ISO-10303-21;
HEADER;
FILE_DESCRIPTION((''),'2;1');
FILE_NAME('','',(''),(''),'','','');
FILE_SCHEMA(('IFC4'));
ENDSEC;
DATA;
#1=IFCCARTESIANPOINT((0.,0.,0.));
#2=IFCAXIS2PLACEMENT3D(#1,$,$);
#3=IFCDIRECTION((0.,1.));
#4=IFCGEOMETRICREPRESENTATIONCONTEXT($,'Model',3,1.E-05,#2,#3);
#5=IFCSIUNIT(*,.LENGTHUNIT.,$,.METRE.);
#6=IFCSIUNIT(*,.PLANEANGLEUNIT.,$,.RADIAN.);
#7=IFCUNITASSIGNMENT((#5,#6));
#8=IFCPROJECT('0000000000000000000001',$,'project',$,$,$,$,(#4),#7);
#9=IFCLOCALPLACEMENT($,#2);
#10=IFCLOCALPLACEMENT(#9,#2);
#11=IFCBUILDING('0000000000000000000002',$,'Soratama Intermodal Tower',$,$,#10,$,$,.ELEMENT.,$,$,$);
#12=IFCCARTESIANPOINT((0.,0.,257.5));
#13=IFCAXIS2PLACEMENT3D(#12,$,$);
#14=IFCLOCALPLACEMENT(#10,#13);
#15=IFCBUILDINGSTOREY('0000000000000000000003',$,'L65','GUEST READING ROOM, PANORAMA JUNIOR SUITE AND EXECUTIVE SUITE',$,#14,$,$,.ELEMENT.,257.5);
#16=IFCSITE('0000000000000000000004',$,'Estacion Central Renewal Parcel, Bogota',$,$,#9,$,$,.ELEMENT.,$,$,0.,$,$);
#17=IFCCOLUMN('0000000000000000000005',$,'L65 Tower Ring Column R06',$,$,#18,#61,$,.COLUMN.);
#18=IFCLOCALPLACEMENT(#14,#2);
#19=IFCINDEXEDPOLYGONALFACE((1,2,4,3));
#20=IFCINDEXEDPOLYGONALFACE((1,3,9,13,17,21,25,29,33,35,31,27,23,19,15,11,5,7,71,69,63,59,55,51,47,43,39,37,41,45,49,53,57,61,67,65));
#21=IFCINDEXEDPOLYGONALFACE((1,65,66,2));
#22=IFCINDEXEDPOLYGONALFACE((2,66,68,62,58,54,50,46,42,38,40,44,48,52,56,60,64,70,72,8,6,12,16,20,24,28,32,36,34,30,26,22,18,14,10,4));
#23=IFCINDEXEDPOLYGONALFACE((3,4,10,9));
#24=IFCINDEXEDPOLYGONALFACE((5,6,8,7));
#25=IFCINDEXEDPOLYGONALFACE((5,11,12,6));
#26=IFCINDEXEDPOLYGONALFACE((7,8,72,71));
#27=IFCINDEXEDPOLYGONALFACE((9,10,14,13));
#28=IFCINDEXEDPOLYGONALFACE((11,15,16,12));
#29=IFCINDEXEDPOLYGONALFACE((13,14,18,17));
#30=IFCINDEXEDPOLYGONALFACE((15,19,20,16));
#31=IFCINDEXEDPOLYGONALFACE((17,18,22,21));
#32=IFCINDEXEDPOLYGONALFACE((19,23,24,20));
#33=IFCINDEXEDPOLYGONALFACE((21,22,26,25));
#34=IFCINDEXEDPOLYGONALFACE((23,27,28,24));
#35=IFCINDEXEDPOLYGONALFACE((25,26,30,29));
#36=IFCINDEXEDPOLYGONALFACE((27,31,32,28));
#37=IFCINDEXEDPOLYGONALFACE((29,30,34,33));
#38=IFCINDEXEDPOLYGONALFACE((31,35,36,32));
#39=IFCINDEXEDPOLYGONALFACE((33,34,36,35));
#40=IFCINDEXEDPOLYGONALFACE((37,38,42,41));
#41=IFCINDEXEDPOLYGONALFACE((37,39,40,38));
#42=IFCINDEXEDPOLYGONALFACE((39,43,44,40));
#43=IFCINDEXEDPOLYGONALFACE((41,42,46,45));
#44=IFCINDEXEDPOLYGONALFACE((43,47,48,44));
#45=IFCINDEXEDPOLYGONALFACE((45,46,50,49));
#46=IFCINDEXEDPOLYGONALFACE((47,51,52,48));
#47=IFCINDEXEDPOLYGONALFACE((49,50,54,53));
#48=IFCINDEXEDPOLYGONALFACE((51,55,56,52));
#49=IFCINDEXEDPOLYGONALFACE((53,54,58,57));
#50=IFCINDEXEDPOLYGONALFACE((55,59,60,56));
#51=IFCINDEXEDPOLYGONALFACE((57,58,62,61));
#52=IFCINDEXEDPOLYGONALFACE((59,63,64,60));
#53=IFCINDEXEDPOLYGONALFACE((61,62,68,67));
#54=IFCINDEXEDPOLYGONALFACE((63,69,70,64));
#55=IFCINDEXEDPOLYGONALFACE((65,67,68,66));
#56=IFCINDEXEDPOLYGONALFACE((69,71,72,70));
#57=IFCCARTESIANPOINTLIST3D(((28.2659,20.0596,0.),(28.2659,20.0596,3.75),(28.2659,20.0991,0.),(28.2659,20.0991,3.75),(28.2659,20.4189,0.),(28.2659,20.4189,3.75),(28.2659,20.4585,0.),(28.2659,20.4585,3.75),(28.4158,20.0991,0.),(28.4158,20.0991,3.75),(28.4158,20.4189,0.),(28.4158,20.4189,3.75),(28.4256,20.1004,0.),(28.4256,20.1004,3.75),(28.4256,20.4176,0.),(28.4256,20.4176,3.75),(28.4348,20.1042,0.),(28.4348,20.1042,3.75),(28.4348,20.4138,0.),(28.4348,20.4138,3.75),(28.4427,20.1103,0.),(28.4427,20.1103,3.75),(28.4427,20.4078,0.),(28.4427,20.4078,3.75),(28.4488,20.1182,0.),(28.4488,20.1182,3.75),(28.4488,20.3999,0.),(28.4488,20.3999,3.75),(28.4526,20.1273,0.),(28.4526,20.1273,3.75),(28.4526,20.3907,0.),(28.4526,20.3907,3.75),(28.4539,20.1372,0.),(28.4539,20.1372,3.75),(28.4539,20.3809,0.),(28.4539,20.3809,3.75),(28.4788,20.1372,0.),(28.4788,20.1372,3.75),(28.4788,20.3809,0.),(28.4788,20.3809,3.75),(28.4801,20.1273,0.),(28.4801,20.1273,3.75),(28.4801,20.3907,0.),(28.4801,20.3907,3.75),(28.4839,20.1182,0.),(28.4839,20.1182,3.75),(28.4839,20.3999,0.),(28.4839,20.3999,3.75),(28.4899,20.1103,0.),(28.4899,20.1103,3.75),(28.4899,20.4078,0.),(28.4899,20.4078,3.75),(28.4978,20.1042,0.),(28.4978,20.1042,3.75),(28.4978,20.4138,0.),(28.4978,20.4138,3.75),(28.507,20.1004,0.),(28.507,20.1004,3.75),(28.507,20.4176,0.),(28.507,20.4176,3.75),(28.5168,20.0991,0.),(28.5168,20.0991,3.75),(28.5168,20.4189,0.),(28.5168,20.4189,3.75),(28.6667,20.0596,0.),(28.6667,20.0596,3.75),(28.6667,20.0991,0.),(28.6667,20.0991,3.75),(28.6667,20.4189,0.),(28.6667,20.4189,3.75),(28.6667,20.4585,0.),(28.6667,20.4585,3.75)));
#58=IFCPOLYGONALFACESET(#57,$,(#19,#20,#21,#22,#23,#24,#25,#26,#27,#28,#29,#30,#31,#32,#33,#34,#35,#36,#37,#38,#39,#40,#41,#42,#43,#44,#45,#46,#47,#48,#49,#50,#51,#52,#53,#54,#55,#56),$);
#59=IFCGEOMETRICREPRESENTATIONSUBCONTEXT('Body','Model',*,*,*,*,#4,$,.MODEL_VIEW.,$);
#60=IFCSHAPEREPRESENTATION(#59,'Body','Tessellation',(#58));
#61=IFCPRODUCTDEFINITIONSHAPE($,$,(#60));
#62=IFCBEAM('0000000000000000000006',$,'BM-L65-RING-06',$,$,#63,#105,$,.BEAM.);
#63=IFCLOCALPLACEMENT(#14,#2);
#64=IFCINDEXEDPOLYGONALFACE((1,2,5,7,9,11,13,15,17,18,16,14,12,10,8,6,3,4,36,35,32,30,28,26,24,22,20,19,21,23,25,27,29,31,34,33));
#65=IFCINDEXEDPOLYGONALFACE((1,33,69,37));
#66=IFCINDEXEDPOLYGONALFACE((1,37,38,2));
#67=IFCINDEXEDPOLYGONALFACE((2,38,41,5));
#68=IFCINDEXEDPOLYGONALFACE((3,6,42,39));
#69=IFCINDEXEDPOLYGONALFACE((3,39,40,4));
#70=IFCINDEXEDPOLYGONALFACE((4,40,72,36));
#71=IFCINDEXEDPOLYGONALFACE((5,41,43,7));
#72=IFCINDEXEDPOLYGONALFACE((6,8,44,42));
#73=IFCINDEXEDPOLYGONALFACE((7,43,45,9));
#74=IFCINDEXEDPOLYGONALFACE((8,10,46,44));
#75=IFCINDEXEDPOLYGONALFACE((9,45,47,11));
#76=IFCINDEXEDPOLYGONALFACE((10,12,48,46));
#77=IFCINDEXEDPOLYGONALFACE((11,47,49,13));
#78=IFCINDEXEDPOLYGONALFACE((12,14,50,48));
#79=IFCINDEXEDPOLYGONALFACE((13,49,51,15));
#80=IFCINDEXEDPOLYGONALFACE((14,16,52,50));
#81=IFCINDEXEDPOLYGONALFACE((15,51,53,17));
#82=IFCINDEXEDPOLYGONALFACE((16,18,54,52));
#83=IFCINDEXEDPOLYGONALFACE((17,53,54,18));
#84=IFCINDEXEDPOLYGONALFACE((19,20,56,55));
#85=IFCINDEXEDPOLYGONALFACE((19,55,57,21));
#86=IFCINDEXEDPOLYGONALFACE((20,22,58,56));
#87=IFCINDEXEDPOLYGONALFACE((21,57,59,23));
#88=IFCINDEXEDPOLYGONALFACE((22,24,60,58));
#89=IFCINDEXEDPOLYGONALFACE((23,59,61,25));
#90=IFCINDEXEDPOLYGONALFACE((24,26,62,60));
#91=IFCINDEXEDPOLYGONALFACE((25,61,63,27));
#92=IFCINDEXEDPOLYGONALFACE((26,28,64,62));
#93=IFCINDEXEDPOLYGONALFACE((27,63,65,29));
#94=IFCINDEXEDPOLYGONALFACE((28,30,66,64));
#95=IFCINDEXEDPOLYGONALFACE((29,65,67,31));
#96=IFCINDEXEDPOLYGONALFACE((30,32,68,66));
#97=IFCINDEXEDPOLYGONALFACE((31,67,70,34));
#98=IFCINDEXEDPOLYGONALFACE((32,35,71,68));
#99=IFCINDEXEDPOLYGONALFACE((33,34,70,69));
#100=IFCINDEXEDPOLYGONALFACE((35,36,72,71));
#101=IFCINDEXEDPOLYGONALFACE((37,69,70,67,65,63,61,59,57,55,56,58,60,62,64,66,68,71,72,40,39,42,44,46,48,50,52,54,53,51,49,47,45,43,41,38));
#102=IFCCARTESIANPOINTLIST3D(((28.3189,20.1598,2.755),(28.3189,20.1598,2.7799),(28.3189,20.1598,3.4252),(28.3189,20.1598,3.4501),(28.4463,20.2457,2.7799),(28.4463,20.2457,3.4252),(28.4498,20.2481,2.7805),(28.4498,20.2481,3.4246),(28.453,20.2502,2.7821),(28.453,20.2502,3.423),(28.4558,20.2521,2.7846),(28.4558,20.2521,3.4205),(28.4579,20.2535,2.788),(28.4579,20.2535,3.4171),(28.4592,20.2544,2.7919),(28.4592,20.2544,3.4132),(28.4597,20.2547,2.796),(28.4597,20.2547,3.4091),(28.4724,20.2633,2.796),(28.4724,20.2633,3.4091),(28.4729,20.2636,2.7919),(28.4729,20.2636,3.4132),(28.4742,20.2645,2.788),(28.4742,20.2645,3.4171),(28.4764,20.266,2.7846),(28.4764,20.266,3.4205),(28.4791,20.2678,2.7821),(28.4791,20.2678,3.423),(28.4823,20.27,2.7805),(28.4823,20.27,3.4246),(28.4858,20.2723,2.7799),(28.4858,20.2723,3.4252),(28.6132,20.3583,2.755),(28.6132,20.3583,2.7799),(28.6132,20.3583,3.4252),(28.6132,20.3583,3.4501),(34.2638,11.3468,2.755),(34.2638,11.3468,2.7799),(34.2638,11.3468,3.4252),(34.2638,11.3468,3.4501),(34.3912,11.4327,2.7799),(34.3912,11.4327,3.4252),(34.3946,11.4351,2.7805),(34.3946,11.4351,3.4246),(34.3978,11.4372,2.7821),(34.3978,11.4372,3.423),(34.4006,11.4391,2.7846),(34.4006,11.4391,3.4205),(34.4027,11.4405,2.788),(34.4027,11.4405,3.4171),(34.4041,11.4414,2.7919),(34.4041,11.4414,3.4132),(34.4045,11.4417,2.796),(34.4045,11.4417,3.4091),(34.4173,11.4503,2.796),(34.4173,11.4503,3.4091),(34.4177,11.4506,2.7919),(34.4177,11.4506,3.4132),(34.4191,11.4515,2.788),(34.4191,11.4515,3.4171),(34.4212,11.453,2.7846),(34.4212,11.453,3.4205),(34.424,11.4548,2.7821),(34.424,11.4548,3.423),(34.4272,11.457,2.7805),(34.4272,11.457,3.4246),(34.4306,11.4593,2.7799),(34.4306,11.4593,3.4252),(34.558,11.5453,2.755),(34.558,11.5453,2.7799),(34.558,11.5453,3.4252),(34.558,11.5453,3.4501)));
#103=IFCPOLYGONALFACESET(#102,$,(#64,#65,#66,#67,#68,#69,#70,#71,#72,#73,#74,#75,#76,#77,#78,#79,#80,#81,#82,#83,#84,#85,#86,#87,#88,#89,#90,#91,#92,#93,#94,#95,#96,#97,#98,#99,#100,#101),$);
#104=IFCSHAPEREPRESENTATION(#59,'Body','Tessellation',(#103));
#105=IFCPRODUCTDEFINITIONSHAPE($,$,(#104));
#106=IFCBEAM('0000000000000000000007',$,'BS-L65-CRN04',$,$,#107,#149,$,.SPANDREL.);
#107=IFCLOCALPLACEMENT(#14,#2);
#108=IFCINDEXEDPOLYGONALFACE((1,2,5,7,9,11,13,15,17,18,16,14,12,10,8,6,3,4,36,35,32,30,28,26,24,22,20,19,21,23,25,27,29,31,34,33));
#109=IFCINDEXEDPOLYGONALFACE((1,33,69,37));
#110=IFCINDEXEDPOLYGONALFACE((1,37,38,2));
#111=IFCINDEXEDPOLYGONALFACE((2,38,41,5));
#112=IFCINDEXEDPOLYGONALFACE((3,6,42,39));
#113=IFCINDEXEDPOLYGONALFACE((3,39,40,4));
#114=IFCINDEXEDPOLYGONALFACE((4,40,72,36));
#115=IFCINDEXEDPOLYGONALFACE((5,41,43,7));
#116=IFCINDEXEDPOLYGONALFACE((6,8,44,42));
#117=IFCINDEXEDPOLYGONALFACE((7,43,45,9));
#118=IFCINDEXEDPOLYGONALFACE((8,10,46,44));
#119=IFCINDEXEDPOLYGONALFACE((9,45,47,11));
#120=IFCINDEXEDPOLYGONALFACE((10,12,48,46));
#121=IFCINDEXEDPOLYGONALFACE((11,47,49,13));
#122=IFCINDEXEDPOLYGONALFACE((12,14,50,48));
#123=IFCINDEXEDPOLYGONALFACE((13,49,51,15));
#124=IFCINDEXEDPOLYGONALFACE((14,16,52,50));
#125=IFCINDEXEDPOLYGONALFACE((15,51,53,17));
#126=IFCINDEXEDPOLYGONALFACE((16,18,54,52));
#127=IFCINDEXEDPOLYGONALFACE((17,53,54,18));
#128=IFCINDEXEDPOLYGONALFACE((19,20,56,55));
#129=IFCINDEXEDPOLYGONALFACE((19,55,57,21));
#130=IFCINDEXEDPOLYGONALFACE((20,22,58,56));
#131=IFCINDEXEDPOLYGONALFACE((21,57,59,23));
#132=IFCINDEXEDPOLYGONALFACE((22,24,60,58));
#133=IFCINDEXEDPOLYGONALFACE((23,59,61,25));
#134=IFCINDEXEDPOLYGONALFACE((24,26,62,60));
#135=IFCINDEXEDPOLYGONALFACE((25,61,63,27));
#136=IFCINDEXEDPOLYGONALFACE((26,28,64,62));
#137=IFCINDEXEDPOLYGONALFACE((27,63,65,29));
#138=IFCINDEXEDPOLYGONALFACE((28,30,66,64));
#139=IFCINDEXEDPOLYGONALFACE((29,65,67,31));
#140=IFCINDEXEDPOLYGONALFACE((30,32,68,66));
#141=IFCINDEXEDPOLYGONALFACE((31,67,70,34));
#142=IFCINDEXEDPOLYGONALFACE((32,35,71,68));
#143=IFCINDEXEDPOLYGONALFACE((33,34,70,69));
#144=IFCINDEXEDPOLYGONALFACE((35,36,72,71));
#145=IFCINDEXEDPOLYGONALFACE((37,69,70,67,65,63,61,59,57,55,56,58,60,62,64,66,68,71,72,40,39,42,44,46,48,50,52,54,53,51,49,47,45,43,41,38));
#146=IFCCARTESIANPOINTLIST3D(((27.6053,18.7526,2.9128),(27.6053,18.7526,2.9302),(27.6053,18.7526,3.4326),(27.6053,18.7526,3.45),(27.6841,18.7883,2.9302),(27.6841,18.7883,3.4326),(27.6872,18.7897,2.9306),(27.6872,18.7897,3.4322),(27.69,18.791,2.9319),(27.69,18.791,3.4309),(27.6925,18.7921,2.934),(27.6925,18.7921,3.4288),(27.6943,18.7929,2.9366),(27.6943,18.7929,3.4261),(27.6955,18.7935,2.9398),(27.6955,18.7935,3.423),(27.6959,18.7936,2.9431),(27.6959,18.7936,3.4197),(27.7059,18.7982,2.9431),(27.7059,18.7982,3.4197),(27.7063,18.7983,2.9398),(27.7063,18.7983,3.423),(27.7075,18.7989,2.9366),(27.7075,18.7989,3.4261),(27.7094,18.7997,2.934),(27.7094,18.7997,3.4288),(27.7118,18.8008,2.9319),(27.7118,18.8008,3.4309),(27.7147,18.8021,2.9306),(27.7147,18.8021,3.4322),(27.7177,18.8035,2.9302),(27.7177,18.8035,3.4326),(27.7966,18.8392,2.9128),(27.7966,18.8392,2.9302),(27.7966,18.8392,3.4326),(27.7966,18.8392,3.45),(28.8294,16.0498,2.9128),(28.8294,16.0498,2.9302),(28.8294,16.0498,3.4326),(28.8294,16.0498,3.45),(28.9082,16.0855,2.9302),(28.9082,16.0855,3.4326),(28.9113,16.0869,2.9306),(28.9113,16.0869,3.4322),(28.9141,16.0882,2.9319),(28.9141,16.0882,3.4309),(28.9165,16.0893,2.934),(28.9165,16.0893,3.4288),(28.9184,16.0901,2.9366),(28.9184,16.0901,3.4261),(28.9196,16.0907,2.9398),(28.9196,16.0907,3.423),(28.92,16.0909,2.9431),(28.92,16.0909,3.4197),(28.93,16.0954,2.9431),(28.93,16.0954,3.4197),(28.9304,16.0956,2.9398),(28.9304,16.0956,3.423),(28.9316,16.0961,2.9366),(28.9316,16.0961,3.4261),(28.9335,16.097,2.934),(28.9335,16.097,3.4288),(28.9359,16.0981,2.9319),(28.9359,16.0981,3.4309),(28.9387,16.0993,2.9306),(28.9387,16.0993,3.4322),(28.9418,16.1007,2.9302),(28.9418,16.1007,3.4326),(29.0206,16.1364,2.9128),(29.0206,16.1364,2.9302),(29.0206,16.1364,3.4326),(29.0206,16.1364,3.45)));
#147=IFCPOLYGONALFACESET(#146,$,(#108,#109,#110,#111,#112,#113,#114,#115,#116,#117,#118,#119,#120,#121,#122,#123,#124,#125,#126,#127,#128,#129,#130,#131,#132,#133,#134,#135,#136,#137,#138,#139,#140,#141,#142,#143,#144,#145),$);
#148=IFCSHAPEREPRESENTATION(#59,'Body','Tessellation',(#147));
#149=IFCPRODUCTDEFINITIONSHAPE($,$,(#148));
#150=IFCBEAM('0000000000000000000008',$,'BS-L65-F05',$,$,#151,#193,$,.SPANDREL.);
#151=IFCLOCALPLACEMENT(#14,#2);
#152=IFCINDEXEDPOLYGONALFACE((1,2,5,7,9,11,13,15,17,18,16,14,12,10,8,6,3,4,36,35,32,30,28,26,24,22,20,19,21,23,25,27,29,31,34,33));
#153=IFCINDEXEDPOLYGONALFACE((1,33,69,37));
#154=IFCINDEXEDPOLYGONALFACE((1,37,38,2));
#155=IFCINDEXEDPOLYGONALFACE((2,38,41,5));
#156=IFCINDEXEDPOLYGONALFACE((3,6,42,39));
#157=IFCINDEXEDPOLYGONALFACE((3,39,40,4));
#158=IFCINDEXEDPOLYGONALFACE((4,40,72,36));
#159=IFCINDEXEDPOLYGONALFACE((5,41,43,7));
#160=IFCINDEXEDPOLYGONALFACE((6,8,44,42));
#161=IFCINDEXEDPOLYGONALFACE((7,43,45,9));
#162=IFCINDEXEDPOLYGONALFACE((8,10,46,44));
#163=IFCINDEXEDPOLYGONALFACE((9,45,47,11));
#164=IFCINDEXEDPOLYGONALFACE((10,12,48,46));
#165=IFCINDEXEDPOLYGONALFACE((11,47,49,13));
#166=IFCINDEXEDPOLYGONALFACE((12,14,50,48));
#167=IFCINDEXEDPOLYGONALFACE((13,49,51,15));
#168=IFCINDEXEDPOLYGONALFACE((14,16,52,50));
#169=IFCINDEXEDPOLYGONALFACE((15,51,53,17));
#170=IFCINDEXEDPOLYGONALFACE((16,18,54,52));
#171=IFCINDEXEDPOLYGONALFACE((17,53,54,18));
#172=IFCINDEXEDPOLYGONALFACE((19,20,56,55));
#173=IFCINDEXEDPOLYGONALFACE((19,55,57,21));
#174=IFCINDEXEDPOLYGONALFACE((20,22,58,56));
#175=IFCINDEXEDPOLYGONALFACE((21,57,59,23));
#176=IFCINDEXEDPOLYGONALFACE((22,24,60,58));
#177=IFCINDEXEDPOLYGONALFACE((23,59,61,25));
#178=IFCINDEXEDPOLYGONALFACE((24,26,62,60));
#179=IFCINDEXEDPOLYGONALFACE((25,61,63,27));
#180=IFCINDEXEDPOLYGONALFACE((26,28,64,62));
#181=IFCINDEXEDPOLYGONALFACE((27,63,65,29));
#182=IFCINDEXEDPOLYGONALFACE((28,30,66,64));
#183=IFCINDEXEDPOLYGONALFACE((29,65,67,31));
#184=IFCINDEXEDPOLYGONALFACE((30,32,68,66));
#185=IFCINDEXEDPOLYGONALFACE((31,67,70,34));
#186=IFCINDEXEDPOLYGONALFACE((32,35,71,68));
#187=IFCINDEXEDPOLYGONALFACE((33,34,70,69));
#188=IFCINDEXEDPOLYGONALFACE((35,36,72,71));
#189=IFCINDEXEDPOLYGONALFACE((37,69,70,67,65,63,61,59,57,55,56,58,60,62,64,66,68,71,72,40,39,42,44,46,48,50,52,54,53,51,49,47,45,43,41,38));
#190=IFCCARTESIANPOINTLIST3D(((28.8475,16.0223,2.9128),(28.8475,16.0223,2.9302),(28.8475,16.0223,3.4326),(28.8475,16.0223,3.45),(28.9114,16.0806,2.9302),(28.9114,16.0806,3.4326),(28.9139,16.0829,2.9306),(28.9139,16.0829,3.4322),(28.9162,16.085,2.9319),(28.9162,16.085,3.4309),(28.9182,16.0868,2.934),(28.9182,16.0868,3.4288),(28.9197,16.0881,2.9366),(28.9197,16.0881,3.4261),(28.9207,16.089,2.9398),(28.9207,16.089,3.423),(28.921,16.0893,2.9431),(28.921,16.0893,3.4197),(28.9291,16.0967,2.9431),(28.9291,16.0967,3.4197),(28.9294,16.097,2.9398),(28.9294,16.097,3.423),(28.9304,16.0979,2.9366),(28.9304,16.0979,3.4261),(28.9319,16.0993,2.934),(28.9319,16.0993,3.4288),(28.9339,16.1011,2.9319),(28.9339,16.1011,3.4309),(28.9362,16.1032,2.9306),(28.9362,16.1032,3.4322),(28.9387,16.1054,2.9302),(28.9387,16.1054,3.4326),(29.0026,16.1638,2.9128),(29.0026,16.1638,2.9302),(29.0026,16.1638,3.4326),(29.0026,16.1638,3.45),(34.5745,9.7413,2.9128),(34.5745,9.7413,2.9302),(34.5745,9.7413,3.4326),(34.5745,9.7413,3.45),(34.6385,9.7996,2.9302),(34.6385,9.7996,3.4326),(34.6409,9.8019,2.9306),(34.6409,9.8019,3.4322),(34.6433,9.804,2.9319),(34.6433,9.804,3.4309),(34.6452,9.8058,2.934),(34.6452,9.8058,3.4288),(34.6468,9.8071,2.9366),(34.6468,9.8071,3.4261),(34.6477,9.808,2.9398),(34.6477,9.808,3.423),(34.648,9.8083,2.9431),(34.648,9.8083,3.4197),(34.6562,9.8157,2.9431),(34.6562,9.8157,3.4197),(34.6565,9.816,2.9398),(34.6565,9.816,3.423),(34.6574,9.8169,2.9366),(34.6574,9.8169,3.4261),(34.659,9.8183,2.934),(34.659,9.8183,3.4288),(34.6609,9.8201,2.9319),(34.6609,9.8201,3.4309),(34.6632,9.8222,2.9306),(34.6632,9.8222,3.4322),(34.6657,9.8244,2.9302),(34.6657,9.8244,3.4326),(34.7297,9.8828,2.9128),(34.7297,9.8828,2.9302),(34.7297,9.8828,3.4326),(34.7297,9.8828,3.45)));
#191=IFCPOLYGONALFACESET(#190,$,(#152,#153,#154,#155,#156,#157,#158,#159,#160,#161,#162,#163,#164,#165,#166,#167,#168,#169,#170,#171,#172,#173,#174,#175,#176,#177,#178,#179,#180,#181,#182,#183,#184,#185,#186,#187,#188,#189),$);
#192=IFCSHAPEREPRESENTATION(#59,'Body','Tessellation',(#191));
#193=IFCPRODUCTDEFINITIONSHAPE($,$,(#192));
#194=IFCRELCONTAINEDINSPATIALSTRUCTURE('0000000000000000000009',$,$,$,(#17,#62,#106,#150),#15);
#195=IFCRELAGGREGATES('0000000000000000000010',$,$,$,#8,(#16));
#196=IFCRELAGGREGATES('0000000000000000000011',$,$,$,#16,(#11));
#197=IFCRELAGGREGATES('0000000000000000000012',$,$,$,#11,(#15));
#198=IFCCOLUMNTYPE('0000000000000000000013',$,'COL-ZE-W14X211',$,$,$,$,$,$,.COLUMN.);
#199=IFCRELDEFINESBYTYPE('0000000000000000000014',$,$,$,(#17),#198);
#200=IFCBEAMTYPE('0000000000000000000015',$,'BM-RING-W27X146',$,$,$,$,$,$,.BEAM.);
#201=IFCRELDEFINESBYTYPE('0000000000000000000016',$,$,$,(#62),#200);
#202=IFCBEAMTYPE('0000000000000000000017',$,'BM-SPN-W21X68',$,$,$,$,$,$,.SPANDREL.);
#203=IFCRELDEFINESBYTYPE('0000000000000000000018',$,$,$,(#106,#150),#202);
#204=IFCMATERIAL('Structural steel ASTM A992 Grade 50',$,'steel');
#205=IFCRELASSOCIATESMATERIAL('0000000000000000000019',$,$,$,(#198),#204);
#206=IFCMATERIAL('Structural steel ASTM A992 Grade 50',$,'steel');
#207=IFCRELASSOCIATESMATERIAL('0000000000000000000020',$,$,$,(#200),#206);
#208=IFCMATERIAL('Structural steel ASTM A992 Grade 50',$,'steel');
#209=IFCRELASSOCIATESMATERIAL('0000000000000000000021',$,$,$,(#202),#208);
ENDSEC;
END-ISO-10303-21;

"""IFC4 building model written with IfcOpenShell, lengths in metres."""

from ifc_helpers import new_model, si_unit, direction, frame, origin, origin_2d, place, context, subcontext, project, spatial, i_section, extrude, material, material_profile, profile_set, type_object, element, save


model = new_model("IFC4")

# Units and contexts
model_context = context("Model", 3, precision=1e-05, world=origin(), true_north=direction((0.0, 1.0)))
body_context = subcontext(model_context, "Body", "Model", "MODEL_VIEW")
ifc_project = project(units=[si_unit("LENGTHUNIT", "METRE"), si_unit("PLANEANGLEUNIT", "RADIAN")], contexts=[model_context])

# Site, building, storey
site_placement = place(None, origin())
site = spatial("IfcSite", under=ifc_project, at=site_placement, Name="Estacion Central Renewal Parcel, Bogota", CompositionType="ELEMENT", RefElevation=0.0)
building_placement = place(site_placement, origin())
building = spatial("IfcBuilding", under=site, at=building_placement, Name="Soratama Intermodal Tower", CompositionType="ELEMENT")
storey_placement = place(building_placement, frame((0.0, 0.0, 257.5)))
storey = spatial("IfcBuildingStorey", under=building, at=storey_placement, Name="L65", Description="GUEST READING ROOM, PANORAMA JUNIOR SUITE AND EXECUTIVE SUITE", CompositionType="ELEMENT", Elevation=257.5)

# Column
ifc_material_1 = material(Name="Structural steel ASTM A992 Grade 50", Category="steel")
ifc_material_profile_1 = material_profile(ifc_material_1, i_section(OverallWidth=0.4009, OverallDepth=0.3989, WebThickness=0.0249, FlangeThickness=0.0396, FilletRadius=0.0381, at=origin_2d()), Name="W14X211")
ifc_profile_set_1 = profile_set([ifc_material_profile_1], Name="Structural steel ASTM A992 Grade 50")
column_type = type_object("IfcColumnType", Name="COL-ZE-W14X211", PredefinedType="COLUMN", material=ifc_profile_set_1)
column_placement = place(storey_placement, frame((28.4663, 20.259, 0.0), z_axis=(0.0, 0.0, 1.0), x_axis=(1.0, 0.0, 0.0)))
element("IfcColumn", 1, at=column_placement, inside=storey, type_object=column_type, Name="L65 Tower Ring Column R06", PredefinedType="COLUMN", context=body_context, shape_type="SweptSolid", body=[
    extrude(i_section(OverallWidth=0.4009, OverallDepth=0.3989, WebThickness=0.0249, FlangeThickness=0.0396, FilletRadius=0.0381, at=origin_2d()), origin(), (0.0, 0.0, 1.0), 3.75),
])

# Beams
ifc_material_2 = material(Name="Structural steel ASTM A992 Grade 50", Category="steel")
ifc_material_profile_2 = material_profile(ifc_material_2, i_section(OverallWidth=0.355, OverallDepth=0.6951, WebThickness=0.0154, FlangeThickness=0.0249, FilletRadius=0.0161, at=origin_2d()), Name="W27X146")
ifc_profile_set_2 = profile_set([ifc_material_profile_2], Name="Structural steel ASTM A992 Grade 50")
beam_type_1 = type_object("IfcBeamType", Name="BM-RING-W27X146", PredefinedType="BEAM", material=ifc_profile_set_2)
beam_1_placement = place(storey_placement, frame((28.4661, 20.259, 3.1025), z_axis=(0.559218, -0.829021, 0.0), x_axis=(0.829021, 0.559218, 0.0)))
element("IfcBeam", 2, at=beam_1_placement, inside=storey, type_object=beam_type_1, Name="BM-L65-RING-06", PredefinedType="BEAM", context=body_context, shape_type="SweptSolid", body=[
    extrude(i_section(OverallWidth=0.355, OverallDepth=0.6951, WebThickness=0.0154, FlangeThickness=0.0249, FilletRadius=0.0161, at=origin_2d()), origin(), (0.0, 0.0, 1.0), 10.6306),
])
ifc_material_3 = material(Name="Structural steel ASTM A992 Grade 50", Category="steel")
ifc_material_profile_3 = material_profile(ifc_material_3, i_section(OverallWidth=0.21, OverallDepth=0.5371, WebThickness=0.011, FlangeThickness=0.0173, FilletRadius=0.0129, at=origin_2d()), Name="W21X68")
ifc_profile_set_3 = profile_set([ifc_material_profile_3], Name="Structural steel ASTM A992 Grade 50")
beam_type_2 = type_object("IfcBeamType", Name="BM-SPN-W21X68", PredefinedType="SPANDREL", material=ifc_profile_set_3)
beam_2_placement = place(storey_placement, frame((27.7009, 18.7959, 3.1814), z_axis=(0.412557, -0.910932, 0.0), x_axis=(0.910932, 0.412557, 0.0)))
element("IfcBeam", 3, at=beam_2_placement, inside=storey, type_object=beam_type_2, Name="BS-L65-CRN04", PredefinedType="SPANDREL", context=body_context, shape_type="SweptSolid", body=[
    extrude(i_section(OverallWidth=0.21, OverallDepth=0.5371, WebThickness=0.011, FlangeThickness=0.0173, FilletRadius=0.0129, at=origin_2d()), origin(), (0.0, 0.0, 1.0), 2.967),
])
beam_3_placement = place(storey_placement, frame((28.925, 16.093, 3.1814), z_axis=(0.67377, -0.738941, 0.0), x_axis=(0.738941, 0.67377, 0.0)))
element("IfcBeam", 4, at=beam_3_placement, inside=storey, type_object=beam_type_2, Name="BS-L65-F05", PredefinedType="SPANDREL", context=body_context, shape_type="SweptSolid", body=[
    extrude(i_section(OverallWidth=0.21, OverallDepth=0.5371, WebThickness=0.011, FlangeThickness=0.0173, FilletRadius=0.0129, at=origin_2d()), origin(), (0.0, 0.0, 1.0), 8.5),
])

save(model, "model.ifc")
